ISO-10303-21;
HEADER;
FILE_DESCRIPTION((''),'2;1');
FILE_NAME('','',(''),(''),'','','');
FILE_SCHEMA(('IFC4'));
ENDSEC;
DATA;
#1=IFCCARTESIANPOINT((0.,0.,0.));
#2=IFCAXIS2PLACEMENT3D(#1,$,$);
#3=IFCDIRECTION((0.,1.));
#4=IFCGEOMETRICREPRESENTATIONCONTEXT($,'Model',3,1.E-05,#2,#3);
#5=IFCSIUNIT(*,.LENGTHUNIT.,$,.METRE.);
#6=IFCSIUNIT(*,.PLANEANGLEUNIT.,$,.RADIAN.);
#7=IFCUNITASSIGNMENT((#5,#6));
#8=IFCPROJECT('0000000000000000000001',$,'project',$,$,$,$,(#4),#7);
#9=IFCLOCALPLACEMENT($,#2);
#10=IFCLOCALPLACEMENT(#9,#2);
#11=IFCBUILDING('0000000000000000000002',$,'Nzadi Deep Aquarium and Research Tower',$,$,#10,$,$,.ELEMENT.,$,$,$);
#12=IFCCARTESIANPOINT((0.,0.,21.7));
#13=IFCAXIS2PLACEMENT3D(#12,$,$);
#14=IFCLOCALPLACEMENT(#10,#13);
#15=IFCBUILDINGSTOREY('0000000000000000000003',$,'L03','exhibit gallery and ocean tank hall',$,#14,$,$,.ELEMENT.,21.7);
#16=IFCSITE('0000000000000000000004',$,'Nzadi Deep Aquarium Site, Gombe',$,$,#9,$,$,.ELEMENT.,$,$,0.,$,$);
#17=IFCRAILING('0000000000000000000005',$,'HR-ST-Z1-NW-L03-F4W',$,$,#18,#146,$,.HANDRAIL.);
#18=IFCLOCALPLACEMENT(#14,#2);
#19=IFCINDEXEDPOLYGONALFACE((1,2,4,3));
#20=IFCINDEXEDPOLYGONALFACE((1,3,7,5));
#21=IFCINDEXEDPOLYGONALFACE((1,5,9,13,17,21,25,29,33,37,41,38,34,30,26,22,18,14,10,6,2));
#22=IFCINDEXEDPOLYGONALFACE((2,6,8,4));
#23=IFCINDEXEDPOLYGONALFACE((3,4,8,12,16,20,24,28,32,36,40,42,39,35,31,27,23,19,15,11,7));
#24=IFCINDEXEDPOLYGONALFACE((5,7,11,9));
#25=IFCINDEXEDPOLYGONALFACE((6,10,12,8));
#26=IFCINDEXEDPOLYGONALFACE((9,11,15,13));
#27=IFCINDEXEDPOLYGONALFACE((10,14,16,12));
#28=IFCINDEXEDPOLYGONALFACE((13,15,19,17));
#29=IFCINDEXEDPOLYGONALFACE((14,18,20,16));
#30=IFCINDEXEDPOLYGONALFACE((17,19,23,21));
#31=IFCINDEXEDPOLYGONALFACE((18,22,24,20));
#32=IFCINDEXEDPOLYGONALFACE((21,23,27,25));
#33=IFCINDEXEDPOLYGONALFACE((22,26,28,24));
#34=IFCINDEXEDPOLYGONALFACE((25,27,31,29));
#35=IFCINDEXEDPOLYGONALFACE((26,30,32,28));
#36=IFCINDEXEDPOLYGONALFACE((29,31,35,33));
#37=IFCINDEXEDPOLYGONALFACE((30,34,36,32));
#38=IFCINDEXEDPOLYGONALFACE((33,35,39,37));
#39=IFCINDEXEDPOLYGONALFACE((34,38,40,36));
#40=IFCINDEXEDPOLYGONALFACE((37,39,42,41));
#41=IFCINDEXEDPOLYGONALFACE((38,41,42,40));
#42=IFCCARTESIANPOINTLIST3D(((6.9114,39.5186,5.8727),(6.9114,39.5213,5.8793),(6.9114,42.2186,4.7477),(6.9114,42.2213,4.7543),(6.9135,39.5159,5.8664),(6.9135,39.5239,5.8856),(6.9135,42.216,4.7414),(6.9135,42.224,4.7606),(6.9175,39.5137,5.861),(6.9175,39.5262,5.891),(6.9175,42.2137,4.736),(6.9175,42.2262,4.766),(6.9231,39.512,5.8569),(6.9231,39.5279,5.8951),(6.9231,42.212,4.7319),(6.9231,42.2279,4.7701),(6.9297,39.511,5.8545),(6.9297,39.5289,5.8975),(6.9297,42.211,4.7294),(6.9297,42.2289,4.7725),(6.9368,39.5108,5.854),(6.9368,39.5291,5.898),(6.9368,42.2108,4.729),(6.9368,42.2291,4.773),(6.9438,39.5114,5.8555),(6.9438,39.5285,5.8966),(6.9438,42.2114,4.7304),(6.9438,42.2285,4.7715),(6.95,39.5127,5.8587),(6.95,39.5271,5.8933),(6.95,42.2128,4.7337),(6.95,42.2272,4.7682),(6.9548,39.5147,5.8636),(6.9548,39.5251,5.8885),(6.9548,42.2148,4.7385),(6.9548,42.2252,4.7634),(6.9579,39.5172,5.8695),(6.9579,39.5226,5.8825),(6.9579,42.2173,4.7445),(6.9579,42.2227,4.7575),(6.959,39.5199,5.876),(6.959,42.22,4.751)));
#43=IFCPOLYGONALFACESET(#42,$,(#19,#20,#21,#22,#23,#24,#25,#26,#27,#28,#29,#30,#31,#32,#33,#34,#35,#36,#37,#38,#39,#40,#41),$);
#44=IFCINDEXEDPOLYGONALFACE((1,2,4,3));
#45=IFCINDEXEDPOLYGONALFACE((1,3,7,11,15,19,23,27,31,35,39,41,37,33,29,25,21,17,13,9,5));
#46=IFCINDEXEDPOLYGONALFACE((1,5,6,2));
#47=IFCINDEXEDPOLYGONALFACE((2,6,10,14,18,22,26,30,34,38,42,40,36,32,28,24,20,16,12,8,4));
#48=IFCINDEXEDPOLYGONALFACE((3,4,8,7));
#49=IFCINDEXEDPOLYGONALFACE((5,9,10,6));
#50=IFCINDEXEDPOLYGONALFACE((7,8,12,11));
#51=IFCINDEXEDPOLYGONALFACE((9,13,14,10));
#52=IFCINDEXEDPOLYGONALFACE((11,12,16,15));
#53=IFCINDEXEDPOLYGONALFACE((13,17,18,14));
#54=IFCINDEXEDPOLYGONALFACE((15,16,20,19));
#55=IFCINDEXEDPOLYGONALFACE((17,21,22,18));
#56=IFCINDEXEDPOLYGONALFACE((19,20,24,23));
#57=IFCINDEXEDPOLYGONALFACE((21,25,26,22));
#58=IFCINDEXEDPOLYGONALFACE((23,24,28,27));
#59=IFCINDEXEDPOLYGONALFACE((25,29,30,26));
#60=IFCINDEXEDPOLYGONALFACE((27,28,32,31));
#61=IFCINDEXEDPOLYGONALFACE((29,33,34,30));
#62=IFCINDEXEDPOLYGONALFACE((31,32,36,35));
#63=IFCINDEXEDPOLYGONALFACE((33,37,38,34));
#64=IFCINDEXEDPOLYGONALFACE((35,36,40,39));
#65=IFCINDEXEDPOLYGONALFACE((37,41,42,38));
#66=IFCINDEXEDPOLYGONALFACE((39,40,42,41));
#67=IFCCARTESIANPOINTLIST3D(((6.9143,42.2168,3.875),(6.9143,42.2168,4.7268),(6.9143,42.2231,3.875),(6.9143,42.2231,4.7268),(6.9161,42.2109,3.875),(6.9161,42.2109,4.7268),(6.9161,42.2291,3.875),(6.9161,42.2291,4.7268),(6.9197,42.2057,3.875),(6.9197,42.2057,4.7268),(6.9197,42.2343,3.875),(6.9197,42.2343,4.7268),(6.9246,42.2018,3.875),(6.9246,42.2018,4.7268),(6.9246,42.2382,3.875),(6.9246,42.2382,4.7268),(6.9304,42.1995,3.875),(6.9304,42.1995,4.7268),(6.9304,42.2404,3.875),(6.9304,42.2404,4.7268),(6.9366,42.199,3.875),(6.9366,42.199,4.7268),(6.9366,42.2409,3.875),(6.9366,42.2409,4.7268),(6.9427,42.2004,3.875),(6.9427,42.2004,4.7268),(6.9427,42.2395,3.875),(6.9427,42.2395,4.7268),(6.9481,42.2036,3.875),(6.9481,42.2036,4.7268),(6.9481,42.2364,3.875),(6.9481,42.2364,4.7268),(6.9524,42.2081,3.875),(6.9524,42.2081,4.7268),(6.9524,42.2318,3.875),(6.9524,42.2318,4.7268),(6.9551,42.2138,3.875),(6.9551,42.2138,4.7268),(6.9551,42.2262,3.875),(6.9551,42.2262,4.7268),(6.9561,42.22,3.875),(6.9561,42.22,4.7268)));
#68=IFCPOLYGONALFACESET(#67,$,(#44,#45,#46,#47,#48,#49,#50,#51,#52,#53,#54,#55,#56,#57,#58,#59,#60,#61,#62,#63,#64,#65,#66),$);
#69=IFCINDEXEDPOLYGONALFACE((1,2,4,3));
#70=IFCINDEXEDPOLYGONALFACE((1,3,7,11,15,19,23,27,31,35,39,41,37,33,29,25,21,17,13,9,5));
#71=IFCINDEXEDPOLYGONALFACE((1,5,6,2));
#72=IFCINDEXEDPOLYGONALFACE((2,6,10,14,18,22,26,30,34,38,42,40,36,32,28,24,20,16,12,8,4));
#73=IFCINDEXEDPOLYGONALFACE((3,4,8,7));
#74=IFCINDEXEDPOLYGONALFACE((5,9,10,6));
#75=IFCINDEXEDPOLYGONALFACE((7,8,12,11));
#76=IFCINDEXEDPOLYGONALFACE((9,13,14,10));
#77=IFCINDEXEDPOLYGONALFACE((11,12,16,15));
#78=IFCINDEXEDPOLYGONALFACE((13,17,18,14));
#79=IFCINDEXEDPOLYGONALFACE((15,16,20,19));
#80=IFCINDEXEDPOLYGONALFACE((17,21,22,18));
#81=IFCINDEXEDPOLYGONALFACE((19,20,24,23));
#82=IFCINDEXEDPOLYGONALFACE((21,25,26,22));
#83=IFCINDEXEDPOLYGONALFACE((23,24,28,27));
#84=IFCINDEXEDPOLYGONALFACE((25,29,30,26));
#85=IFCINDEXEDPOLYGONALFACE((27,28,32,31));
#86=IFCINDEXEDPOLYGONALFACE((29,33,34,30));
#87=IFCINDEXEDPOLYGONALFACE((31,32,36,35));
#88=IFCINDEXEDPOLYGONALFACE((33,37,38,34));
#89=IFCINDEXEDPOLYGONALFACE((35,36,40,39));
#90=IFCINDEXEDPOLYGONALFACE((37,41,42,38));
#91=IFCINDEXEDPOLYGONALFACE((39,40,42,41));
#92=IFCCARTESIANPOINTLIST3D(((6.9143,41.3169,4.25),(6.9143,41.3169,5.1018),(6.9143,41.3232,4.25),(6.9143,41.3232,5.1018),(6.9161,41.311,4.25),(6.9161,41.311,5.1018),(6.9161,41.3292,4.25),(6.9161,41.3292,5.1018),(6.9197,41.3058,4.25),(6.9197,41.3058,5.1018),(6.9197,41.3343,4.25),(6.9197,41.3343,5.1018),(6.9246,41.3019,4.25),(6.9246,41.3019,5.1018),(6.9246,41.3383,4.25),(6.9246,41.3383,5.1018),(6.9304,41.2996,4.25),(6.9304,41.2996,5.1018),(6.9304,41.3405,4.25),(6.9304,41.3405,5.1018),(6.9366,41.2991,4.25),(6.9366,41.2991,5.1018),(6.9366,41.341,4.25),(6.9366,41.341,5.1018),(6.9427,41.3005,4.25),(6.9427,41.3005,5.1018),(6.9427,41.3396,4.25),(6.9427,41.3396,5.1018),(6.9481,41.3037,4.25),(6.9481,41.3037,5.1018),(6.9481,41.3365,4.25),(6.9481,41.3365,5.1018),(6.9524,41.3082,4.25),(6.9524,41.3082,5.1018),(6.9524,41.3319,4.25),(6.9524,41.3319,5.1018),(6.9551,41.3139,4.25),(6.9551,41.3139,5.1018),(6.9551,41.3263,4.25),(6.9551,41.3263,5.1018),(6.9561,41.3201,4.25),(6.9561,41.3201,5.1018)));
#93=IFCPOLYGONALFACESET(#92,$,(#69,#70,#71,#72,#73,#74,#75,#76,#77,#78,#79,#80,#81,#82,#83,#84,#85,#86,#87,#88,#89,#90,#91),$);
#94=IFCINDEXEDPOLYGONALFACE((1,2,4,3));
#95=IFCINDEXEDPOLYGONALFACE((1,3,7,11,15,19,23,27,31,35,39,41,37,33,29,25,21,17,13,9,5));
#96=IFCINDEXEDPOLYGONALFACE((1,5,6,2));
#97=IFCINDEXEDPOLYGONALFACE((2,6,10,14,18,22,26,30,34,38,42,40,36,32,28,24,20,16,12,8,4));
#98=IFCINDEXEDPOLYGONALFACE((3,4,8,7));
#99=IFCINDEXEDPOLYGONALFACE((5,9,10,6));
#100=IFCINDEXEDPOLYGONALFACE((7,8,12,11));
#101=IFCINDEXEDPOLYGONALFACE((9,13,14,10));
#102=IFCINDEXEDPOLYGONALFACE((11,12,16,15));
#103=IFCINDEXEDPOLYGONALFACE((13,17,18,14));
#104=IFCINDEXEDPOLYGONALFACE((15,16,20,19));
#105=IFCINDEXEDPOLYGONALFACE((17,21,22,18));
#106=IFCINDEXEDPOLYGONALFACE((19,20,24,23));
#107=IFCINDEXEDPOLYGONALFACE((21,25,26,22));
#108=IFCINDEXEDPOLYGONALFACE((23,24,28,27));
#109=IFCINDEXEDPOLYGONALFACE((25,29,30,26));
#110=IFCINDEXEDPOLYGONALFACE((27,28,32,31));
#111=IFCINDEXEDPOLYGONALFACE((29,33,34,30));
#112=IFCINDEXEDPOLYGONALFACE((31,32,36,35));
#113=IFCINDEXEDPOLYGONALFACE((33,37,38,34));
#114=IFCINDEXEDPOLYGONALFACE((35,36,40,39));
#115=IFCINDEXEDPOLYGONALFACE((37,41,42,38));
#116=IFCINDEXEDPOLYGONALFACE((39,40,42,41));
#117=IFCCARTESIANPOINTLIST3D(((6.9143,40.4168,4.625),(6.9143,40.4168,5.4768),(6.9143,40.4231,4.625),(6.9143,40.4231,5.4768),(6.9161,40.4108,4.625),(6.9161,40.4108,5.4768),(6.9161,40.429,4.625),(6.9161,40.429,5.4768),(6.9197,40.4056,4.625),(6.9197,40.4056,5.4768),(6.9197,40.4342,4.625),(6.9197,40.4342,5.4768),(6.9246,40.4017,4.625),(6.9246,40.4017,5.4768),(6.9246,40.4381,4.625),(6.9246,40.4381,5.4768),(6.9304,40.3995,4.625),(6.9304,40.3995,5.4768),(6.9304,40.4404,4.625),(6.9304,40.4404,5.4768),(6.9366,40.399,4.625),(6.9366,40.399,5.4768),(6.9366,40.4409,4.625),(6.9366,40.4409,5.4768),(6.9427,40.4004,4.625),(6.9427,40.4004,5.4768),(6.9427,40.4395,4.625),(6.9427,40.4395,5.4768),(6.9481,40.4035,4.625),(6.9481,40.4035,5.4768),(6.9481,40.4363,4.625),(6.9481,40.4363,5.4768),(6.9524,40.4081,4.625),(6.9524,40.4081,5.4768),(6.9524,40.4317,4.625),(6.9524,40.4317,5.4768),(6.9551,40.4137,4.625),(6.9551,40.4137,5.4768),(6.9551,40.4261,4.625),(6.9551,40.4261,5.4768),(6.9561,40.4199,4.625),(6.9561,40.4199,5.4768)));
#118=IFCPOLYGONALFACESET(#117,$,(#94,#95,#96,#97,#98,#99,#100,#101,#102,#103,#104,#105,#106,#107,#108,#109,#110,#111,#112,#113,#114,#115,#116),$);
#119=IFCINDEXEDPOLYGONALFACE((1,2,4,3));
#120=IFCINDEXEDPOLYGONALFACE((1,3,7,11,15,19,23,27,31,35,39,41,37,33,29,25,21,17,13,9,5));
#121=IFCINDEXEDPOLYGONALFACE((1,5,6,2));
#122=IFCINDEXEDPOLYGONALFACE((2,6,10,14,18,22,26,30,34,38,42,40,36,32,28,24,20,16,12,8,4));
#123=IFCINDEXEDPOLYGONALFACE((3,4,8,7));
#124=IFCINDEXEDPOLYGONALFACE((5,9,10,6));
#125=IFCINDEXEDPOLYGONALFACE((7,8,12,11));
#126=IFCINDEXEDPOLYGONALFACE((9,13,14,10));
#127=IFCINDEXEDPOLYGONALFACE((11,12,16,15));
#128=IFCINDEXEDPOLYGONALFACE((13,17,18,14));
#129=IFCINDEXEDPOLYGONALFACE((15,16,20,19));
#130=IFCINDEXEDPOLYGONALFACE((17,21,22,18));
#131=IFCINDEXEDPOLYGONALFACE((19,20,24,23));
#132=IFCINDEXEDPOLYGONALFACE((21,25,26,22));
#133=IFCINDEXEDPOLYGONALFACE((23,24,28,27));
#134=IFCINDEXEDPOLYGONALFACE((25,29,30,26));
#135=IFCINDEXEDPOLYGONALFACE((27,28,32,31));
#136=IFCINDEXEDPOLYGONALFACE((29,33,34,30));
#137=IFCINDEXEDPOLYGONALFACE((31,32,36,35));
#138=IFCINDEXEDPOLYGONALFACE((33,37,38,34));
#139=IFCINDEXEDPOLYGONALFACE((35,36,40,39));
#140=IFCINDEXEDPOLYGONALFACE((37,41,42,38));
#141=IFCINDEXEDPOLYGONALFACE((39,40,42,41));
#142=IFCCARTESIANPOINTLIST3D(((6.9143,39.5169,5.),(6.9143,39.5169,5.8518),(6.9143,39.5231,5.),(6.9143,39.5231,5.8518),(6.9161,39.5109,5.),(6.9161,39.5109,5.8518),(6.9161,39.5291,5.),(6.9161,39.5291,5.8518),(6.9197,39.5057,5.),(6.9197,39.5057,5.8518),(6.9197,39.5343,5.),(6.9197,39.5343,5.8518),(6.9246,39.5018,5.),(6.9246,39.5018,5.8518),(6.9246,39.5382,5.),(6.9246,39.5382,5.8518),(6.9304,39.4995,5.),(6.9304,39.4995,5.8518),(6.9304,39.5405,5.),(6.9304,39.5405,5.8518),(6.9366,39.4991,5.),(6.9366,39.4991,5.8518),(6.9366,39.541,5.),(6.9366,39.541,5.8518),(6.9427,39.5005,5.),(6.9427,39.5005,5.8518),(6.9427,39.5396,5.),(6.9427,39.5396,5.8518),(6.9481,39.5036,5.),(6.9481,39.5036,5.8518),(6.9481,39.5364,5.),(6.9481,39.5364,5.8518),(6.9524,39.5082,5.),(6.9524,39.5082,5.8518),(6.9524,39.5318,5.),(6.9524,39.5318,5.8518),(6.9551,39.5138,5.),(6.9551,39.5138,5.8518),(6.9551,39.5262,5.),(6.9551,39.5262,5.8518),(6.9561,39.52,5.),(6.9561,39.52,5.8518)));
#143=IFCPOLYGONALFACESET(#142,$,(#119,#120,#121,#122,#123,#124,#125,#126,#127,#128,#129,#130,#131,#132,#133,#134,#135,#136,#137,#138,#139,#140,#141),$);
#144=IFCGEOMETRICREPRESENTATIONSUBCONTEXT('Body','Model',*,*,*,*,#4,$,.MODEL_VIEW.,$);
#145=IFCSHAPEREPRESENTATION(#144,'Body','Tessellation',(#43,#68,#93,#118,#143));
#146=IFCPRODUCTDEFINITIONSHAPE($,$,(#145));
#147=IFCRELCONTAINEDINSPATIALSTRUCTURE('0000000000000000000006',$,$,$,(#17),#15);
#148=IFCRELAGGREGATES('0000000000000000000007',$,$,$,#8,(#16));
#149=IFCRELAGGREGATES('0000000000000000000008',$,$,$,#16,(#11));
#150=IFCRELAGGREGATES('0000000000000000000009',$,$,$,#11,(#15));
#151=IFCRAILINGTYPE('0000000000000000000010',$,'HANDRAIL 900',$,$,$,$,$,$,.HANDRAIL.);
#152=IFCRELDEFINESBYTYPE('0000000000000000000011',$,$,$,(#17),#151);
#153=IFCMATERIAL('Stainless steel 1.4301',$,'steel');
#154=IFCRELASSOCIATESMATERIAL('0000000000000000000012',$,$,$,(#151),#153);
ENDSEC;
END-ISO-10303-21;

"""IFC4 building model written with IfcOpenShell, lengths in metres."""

from ifc_helpers import new_model, si_unit, direction, frame, origin, origin_2d, place, context, subcontext, project, spatial, circle, extrude, material, type_object, element, save


model = new_model("IFC4")

# Units and contexts
model_context = context("Model", 3, precision=1e-05, world=origin(), true_north=direction((0.0, 1.0)))
body_context = subcontext(model_context, "Body", "Model", "MODEL_VIEW")
ifc_project = project(units=[si_unit("LENGTHUNIT", "METRE"), si_unit("PLANEANGLEUNIT", "RADIAN")], contexts=[model_context])

# Site, building, storey
site_placement = place(None, origin())
site = spatial("IfcSite", under=ifc_project, at=site_placement, Name="Nzadi Deep Aquarium Site, Gombe", CompositionType="ELEMENT", RefElevation=0.0)
building_placement = place(site_placement, origin())
building = spatial("IfcBuilding", under=site, at=building_placement, Name="Nzadi Deep Aquarium and Research Tower", CompositionType="ELEMENT")
storey_placement = place(building_placement, frame((0.0, 0.0, 21.7)))
storey = spatial("IfcBuildingStorey", under=building, at=storey_placement, Name="L03", Description="exhibit gallery and ocean tank hall", CompositionType="ELEMENT", Elevation=21.7)

# Railing
ifc_material_1 = material(Name="Stainless steel 1.4301", Category="steel")
railing_type = type_object("IfcRailingType", Name="HANDRAIL 900", PredefinedType="HANDRAIL", material=ifc_material_1)
for number, where, name in (
    (1, (6.9351, 42.22, 3.875), "HR-ST-Z1-NW-L03-F4W"),
):
    element("IfcRailing", number, at=place(storey_placement, frame(where)), inside=storey, type_object=railing_type, Name=name, PredefinedType="HANDRAIL", context=body_context, shape_type="SweptSolid", body=[
        extrude(circle(Radius=0.0239, at=origin_2d()), frame((0.0, 0.0, 0.876), z_axis=(0.0, -0.923074, 0.384621), x_axis=(1.0, 0.0, 0.0)), (0.0, 0.0, 1.0), 2.925),
        extrude(circle(Radius=0.021, at=origin_2d()), origin(), (0.0, 0.0, 1.0), 0.8518),
        extrude(circle(Radius=0.021, at=origin_2d()), frame((0.0, -0.8999, 0.375)), (0.0, 0.0, 1.0), 0.8518),
        extrude(circle(Radius=0.021, at=origin_2d()), frame((0.0, -1.8, 0.75)), (0.0, 0.0, 1.0), 0.8518),
        extrude(circle(Radius=0.021, at=origin_2d()), frame((0.0, -2.7, 1.125)), (0.0, 0.0, 1.0), 0.8518),
    ])

save(model, "model.ifc")
